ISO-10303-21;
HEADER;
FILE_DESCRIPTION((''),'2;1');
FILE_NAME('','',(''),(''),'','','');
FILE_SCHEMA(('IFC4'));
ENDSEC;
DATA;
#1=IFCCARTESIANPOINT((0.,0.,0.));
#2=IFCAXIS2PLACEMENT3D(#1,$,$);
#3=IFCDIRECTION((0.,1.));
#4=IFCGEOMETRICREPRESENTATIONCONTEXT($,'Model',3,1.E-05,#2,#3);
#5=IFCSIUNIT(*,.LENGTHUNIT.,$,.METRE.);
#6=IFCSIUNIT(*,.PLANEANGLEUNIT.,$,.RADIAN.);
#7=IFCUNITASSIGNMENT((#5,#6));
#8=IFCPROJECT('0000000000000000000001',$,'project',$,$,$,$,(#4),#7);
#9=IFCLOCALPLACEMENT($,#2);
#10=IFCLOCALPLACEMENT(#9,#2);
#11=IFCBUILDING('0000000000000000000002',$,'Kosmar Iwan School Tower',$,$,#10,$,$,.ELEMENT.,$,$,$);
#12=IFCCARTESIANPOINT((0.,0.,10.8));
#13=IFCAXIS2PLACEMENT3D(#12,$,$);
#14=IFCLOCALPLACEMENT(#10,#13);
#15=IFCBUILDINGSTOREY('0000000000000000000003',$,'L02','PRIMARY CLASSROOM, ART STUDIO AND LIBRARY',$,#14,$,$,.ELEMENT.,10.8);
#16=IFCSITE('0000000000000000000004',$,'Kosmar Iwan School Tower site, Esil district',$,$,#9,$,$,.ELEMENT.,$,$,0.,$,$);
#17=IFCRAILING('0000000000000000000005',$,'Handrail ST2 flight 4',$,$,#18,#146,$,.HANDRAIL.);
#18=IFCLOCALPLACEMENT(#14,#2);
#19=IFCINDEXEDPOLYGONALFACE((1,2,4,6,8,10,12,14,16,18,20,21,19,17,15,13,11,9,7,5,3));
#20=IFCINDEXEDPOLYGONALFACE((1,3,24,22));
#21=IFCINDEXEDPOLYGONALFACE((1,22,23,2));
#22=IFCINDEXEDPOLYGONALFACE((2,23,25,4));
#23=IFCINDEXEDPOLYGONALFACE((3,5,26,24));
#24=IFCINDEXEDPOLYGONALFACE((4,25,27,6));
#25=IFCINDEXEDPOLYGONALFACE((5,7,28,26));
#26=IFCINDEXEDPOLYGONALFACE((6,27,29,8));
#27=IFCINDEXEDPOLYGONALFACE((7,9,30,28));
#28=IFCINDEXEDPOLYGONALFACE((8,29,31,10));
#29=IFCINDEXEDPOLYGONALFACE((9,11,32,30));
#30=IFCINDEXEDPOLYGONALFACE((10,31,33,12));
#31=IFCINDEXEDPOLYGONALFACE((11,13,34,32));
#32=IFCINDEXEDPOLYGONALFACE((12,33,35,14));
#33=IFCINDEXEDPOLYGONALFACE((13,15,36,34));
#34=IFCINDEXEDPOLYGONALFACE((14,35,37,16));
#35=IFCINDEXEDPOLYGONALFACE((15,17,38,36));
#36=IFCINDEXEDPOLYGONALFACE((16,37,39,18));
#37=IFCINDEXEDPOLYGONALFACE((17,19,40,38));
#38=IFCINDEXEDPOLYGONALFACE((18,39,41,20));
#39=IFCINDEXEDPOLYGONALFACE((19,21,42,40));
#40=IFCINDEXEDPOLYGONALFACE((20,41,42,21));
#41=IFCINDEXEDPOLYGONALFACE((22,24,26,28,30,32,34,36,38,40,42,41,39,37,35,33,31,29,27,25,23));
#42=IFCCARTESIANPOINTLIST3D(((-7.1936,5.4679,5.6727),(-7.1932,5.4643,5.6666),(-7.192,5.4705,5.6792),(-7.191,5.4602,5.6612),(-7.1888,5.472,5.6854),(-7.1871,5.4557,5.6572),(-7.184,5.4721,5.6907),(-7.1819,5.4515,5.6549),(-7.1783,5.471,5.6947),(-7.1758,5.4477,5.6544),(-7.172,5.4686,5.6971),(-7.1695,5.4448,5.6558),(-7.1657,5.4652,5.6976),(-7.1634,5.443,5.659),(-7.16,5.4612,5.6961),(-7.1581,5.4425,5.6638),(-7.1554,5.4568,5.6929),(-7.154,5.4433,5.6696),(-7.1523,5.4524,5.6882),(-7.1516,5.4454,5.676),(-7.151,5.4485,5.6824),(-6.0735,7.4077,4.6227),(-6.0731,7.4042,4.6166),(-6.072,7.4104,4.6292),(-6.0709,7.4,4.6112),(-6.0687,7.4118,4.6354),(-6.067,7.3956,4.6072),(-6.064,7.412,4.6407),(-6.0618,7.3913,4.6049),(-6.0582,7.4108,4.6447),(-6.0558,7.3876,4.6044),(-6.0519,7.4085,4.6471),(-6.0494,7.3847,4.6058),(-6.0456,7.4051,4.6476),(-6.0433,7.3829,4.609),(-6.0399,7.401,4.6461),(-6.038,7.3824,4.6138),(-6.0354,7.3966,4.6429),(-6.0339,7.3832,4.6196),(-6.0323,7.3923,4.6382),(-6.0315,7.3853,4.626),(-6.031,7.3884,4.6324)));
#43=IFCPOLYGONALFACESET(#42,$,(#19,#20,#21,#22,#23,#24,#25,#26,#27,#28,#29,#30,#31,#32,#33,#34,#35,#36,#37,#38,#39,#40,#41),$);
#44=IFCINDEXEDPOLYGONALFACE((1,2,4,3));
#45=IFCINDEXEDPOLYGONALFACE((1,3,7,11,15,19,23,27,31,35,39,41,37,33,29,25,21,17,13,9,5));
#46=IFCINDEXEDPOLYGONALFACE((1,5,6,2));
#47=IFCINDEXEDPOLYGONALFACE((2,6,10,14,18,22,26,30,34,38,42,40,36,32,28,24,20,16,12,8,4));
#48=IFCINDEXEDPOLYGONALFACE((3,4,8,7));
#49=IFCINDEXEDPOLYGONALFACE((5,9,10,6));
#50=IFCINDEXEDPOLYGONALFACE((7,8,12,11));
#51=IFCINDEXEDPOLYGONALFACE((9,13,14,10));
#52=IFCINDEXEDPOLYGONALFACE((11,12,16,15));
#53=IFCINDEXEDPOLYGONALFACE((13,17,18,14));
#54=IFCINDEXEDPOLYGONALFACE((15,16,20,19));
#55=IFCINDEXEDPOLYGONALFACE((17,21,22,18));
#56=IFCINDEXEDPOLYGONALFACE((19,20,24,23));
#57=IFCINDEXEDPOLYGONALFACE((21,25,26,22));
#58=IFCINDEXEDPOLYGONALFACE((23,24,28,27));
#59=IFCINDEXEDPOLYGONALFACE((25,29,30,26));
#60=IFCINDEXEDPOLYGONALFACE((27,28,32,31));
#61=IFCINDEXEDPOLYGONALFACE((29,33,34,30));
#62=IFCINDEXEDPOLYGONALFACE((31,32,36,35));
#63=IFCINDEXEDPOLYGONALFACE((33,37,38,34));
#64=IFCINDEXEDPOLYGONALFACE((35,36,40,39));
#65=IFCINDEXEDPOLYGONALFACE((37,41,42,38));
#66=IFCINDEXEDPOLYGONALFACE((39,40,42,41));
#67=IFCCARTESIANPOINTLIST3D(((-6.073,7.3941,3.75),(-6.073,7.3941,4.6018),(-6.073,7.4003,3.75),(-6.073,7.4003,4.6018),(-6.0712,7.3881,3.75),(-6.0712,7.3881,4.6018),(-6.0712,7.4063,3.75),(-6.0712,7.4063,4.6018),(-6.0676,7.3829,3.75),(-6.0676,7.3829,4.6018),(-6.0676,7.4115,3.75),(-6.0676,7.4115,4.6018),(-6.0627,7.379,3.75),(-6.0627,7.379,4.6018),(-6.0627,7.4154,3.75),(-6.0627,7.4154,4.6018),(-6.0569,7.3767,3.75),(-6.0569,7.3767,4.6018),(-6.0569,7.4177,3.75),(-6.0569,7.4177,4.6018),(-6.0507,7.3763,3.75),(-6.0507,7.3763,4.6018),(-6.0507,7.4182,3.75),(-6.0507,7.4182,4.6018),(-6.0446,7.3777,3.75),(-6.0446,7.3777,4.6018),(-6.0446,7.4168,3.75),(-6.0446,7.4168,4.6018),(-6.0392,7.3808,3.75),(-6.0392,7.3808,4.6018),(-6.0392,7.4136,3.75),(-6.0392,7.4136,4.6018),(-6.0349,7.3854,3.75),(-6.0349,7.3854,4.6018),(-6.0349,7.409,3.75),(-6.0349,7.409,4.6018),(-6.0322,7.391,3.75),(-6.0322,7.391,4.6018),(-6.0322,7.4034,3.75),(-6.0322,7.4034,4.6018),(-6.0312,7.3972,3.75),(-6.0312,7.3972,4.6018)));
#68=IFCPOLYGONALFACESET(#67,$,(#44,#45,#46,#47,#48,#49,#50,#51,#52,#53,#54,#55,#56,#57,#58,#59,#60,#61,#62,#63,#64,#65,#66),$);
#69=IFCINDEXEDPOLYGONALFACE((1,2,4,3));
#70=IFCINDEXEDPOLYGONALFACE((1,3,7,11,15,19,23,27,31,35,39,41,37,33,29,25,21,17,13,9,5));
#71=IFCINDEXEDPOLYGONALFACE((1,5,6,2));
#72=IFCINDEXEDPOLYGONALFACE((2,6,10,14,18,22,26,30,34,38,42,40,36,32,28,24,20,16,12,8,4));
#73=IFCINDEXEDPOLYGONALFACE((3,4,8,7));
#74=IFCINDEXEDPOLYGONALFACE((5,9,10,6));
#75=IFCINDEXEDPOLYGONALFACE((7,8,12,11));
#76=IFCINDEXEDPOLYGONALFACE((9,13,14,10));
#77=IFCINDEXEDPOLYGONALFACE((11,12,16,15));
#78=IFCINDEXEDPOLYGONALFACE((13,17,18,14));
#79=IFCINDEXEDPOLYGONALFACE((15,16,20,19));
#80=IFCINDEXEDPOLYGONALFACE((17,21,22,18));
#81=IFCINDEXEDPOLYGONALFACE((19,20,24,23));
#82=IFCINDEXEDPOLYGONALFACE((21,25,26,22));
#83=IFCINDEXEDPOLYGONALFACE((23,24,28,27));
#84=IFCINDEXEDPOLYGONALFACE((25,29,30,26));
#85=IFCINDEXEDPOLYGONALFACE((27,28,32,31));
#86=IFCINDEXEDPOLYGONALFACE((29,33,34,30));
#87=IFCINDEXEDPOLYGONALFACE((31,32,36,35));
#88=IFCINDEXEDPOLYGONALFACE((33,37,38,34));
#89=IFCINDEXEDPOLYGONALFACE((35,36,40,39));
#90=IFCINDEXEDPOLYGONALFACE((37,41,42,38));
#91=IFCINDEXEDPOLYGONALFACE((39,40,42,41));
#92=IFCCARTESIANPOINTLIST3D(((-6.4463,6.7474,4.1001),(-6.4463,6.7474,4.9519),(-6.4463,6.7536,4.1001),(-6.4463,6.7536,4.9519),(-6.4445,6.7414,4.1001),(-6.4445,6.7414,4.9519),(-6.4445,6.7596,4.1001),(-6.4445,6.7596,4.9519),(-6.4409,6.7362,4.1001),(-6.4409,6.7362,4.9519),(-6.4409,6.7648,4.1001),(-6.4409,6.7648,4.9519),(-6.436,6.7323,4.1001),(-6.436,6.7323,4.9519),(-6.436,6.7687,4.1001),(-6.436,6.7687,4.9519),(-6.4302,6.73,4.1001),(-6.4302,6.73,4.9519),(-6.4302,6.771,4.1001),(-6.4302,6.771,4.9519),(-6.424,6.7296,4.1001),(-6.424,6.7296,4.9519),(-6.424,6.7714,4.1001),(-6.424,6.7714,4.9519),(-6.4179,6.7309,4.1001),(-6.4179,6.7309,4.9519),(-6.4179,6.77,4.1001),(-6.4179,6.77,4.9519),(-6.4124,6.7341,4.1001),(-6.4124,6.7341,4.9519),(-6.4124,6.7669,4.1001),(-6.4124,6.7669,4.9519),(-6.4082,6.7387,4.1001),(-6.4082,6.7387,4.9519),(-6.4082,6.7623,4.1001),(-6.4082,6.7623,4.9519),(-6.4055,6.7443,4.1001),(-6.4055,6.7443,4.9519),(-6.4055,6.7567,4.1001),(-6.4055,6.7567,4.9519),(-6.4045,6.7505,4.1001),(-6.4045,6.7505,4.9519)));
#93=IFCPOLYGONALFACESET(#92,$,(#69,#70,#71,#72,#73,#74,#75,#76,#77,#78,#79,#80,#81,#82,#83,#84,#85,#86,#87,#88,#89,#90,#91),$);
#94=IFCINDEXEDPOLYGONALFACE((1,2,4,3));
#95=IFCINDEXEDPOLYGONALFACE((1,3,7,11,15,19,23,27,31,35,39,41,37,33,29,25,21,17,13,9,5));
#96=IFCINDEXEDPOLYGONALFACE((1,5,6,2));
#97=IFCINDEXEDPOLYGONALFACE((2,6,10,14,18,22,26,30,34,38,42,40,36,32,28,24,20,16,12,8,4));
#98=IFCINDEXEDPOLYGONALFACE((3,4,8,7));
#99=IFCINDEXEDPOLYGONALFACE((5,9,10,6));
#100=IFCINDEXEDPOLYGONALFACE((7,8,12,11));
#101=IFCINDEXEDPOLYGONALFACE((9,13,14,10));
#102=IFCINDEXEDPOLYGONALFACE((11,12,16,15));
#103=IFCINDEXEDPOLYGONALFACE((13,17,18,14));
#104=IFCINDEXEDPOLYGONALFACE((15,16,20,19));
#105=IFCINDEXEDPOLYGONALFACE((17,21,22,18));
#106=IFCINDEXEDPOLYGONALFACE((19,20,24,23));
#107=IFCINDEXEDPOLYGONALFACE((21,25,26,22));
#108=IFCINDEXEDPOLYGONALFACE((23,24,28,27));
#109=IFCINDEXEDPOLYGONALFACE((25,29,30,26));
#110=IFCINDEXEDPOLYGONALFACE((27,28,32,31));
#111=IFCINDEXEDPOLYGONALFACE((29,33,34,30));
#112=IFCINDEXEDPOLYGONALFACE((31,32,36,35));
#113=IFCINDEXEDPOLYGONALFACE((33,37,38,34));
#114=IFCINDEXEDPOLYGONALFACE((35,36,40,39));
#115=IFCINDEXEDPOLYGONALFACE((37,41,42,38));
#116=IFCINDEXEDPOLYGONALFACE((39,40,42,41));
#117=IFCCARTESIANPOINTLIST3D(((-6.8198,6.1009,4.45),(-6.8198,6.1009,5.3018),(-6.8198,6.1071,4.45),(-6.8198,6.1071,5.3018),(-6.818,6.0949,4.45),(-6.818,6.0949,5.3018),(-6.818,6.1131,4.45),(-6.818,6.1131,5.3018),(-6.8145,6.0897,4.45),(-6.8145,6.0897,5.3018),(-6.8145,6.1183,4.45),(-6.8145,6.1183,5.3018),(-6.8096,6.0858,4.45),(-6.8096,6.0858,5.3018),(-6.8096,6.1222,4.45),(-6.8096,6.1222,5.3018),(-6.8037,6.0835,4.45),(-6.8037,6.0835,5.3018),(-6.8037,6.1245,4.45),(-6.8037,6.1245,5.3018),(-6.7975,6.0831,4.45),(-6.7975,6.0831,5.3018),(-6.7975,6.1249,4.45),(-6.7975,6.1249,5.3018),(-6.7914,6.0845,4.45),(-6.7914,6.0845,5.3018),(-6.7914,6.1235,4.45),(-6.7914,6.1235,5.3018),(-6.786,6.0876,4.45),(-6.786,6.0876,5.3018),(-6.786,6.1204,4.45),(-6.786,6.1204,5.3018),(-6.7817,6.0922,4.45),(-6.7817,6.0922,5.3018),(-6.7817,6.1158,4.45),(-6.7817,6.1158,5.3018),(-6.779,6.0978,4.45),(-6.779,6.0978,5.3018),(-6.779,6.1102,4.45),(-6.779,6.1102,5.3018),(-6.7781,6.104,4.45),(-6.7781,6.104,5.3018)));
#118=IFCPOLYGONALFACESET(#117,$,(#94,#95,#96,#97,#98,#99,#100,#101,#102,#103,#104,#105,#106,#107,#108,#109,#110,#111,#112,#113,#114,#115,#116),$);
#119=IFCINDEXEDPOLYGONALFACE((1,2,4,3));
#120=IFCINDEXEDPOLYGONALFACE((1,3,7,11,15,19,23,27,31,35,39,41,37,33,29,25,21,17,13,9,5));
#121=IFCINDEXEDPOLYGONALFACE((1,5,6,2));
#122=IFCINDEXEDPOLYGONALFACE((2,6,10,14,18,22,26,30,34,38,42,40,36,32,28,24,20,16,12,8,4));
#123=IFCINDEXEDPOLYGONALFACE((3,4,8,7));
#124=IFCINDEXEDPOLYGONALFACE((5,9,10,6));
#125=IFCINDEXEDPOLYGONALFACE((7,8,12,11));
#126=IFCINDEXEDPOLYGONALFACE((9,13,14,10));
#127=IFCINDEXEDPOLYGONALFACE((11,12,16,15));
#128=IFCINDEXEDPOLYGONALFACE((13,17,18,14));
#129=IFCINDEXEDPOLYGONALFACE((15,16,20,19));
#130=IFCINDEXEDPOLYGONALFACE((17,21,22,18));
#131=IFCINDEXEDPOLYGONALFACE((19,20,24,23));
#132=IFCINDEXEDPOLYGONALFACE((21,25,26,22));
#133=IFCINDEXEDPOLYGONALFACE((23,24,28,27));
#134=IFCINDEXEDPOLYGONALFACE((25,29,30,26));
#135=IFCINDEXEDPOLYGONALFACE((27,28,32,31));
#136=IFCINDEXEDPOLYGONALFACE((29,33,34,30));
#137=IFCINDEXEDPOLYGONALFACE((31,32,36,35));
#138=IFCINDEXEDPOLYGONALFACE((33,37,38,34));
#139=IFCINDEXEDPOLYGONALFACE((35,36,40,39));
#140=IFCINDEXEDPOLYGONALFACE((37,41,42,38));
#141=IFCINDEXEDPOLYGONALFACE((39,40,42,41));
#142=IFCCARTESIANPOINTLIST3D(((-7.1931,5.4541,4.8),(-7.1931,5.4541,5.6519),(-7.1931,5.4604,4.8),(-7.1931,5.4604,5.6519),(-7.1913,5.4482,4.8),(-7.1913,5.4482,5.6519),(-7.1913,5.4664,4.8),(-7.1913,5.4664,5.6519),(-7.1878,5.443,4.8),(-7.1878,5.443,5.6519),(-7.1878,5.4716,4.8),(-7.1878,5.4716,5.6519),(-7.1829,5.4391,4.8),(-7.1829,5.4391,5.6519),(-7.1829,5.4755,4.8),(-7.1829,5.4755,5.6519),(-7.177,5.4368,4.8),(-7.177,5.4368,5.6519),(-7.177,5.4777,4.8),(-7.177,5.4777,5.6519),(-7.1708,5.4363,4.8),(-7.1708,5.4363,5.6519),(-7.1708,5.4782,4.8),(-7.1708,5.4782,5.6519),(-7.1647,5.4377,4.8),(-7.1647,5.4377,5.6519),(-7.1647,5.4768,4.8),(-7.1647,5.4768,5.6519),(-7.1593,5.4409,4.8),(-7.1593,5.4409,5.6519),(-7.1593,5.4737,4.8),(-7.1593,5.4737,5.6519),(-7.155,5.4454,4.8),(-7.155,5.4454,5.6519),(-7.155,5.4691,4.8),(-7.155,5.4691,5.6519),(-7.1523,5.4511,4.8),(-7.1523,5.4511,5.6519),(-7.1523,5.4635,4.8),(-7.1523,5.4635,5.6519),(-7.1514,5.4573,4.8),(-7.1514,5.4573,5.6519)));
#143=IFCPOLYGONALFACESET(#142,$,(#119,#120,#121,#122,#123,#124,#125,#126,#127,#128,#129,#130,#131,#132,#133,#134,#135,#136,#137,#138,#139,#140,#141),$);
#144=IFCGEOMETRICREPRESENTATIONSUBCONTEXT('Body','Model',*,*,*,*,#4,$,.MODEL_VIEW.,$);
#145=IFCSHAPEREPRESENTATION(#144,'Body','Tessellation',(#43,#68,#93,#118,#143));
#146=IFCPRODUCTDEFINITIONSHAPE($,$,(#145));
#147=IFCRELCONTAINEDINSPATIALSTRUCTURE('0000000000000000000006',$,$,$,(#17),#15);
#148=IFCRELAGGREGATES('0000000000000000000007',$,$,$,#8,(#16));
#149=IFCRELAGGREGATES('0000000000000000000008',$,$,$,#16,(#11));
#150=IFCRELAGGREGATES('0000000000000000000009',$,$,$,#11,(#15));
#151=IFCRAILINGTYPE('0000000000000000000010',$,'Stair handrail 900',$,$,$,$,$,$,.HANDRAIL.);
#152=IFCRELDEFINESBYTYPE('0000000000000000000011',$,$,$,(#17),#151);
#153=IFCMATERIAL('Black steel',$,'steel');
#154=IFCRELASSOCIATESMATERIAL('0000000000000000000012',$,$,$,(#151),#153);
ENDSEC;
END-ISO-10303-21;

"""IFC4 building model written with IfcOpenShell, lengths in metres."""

from ifc_helpers import new_model, si_unit, direction, frame, origin, origin_2d, place, context, subcontext, project, spatial, circle, extrude, material, type_object, element, save


model = new_model("IFC4")

# Units and contexts
model_context = context("Model", 3, precision=1e-05, world=origin(), true_north=direction((0.0, 1.0)))
body_context = subcontext(model_context, "Body", "Model", "MODEL_VIEW")
ifc_project = project(units=[si_unit("LENGTHUNIT", "METRE"), si_unit("PLANEANGLEUNIT", "RADIAN")], contexts=[model_context])

# Site, building, storey
site_placement = place(None, origin())
site = spatial("IfcSite", under=ifc_project, at=site_placement, Name="Kosmar Iwan School Tower site, Esil district", CompositionType="ELEMENT", RefElevation=0.0)
building_placement = place(site_placement, origin())
building = spatial("IfcBuilding", under=site, at=building_placement, Name="Kosmar Iwan School Tower", CompositionType="ELEMENT")
storey_placement = place(building_placement, frame((0.0, 0.0, 10.8)))
storey = spatial("IfcBuildingStorey", under=building, at=storey_placement, Name="L02", Description="PRIMARY CLASSROOM, ART STUDIO AND LIBRARY", CompositionType="ELEMENT", Elevation=10.8)

# Railing
ifc_material_1 = material(Name="Black steel", Category="steel")
railing_type = type_object("IfcRailingType", Name="Stair handrail 900", PredefinedType="HANDRAIL", material=ifc_material_1)
for number, where, name in (
    (1, (-6.0522, 7.3972, 3.75), "Handrail ST2 flight 4"),
):
    element("IfcRailing", number, at=place(storey_placement, frame(where)), inside=storey, type_object=railing_type, Name=name, PredefinedType="HANDRAIL", context=body_context, shape_type="SweptSolid", body=[
        extrude(circle(Radius=0.0239, at=origin_2d()), frame((0.0, 0.0, 0.876), z_axis=(-0.452757, -0.784134, 0.424435), x_axis=(0.866008, -0.500031, 0.0)), (0.0, 0.0, 1.0), 2.4739),
        extrude(circle(Radius=0.021, at=origin_2d()), origin(), (0.0, 0.0, 1.0), 0.8518),
        extrude(circle(Radius=0.021, at=origin_2d()), frame((-0.3733, -0.6467, 0.3501)), (0.0, 0.0, 1.0), 0.8518),
        extrude(circle(Radius=0.021, at=origin_2d()), frame((-0.7468, -1.2932, 0.7)), (0.0, 0.0, 1.0), 0.8518),
        extrude(circle(Radius=0.021, at=origin_2d()), frame((-1.1201, -1.9399, 1.05)), (0.0, 0.0, 1.0), 0.8518),
    ])

save(model, "model.ifc")
